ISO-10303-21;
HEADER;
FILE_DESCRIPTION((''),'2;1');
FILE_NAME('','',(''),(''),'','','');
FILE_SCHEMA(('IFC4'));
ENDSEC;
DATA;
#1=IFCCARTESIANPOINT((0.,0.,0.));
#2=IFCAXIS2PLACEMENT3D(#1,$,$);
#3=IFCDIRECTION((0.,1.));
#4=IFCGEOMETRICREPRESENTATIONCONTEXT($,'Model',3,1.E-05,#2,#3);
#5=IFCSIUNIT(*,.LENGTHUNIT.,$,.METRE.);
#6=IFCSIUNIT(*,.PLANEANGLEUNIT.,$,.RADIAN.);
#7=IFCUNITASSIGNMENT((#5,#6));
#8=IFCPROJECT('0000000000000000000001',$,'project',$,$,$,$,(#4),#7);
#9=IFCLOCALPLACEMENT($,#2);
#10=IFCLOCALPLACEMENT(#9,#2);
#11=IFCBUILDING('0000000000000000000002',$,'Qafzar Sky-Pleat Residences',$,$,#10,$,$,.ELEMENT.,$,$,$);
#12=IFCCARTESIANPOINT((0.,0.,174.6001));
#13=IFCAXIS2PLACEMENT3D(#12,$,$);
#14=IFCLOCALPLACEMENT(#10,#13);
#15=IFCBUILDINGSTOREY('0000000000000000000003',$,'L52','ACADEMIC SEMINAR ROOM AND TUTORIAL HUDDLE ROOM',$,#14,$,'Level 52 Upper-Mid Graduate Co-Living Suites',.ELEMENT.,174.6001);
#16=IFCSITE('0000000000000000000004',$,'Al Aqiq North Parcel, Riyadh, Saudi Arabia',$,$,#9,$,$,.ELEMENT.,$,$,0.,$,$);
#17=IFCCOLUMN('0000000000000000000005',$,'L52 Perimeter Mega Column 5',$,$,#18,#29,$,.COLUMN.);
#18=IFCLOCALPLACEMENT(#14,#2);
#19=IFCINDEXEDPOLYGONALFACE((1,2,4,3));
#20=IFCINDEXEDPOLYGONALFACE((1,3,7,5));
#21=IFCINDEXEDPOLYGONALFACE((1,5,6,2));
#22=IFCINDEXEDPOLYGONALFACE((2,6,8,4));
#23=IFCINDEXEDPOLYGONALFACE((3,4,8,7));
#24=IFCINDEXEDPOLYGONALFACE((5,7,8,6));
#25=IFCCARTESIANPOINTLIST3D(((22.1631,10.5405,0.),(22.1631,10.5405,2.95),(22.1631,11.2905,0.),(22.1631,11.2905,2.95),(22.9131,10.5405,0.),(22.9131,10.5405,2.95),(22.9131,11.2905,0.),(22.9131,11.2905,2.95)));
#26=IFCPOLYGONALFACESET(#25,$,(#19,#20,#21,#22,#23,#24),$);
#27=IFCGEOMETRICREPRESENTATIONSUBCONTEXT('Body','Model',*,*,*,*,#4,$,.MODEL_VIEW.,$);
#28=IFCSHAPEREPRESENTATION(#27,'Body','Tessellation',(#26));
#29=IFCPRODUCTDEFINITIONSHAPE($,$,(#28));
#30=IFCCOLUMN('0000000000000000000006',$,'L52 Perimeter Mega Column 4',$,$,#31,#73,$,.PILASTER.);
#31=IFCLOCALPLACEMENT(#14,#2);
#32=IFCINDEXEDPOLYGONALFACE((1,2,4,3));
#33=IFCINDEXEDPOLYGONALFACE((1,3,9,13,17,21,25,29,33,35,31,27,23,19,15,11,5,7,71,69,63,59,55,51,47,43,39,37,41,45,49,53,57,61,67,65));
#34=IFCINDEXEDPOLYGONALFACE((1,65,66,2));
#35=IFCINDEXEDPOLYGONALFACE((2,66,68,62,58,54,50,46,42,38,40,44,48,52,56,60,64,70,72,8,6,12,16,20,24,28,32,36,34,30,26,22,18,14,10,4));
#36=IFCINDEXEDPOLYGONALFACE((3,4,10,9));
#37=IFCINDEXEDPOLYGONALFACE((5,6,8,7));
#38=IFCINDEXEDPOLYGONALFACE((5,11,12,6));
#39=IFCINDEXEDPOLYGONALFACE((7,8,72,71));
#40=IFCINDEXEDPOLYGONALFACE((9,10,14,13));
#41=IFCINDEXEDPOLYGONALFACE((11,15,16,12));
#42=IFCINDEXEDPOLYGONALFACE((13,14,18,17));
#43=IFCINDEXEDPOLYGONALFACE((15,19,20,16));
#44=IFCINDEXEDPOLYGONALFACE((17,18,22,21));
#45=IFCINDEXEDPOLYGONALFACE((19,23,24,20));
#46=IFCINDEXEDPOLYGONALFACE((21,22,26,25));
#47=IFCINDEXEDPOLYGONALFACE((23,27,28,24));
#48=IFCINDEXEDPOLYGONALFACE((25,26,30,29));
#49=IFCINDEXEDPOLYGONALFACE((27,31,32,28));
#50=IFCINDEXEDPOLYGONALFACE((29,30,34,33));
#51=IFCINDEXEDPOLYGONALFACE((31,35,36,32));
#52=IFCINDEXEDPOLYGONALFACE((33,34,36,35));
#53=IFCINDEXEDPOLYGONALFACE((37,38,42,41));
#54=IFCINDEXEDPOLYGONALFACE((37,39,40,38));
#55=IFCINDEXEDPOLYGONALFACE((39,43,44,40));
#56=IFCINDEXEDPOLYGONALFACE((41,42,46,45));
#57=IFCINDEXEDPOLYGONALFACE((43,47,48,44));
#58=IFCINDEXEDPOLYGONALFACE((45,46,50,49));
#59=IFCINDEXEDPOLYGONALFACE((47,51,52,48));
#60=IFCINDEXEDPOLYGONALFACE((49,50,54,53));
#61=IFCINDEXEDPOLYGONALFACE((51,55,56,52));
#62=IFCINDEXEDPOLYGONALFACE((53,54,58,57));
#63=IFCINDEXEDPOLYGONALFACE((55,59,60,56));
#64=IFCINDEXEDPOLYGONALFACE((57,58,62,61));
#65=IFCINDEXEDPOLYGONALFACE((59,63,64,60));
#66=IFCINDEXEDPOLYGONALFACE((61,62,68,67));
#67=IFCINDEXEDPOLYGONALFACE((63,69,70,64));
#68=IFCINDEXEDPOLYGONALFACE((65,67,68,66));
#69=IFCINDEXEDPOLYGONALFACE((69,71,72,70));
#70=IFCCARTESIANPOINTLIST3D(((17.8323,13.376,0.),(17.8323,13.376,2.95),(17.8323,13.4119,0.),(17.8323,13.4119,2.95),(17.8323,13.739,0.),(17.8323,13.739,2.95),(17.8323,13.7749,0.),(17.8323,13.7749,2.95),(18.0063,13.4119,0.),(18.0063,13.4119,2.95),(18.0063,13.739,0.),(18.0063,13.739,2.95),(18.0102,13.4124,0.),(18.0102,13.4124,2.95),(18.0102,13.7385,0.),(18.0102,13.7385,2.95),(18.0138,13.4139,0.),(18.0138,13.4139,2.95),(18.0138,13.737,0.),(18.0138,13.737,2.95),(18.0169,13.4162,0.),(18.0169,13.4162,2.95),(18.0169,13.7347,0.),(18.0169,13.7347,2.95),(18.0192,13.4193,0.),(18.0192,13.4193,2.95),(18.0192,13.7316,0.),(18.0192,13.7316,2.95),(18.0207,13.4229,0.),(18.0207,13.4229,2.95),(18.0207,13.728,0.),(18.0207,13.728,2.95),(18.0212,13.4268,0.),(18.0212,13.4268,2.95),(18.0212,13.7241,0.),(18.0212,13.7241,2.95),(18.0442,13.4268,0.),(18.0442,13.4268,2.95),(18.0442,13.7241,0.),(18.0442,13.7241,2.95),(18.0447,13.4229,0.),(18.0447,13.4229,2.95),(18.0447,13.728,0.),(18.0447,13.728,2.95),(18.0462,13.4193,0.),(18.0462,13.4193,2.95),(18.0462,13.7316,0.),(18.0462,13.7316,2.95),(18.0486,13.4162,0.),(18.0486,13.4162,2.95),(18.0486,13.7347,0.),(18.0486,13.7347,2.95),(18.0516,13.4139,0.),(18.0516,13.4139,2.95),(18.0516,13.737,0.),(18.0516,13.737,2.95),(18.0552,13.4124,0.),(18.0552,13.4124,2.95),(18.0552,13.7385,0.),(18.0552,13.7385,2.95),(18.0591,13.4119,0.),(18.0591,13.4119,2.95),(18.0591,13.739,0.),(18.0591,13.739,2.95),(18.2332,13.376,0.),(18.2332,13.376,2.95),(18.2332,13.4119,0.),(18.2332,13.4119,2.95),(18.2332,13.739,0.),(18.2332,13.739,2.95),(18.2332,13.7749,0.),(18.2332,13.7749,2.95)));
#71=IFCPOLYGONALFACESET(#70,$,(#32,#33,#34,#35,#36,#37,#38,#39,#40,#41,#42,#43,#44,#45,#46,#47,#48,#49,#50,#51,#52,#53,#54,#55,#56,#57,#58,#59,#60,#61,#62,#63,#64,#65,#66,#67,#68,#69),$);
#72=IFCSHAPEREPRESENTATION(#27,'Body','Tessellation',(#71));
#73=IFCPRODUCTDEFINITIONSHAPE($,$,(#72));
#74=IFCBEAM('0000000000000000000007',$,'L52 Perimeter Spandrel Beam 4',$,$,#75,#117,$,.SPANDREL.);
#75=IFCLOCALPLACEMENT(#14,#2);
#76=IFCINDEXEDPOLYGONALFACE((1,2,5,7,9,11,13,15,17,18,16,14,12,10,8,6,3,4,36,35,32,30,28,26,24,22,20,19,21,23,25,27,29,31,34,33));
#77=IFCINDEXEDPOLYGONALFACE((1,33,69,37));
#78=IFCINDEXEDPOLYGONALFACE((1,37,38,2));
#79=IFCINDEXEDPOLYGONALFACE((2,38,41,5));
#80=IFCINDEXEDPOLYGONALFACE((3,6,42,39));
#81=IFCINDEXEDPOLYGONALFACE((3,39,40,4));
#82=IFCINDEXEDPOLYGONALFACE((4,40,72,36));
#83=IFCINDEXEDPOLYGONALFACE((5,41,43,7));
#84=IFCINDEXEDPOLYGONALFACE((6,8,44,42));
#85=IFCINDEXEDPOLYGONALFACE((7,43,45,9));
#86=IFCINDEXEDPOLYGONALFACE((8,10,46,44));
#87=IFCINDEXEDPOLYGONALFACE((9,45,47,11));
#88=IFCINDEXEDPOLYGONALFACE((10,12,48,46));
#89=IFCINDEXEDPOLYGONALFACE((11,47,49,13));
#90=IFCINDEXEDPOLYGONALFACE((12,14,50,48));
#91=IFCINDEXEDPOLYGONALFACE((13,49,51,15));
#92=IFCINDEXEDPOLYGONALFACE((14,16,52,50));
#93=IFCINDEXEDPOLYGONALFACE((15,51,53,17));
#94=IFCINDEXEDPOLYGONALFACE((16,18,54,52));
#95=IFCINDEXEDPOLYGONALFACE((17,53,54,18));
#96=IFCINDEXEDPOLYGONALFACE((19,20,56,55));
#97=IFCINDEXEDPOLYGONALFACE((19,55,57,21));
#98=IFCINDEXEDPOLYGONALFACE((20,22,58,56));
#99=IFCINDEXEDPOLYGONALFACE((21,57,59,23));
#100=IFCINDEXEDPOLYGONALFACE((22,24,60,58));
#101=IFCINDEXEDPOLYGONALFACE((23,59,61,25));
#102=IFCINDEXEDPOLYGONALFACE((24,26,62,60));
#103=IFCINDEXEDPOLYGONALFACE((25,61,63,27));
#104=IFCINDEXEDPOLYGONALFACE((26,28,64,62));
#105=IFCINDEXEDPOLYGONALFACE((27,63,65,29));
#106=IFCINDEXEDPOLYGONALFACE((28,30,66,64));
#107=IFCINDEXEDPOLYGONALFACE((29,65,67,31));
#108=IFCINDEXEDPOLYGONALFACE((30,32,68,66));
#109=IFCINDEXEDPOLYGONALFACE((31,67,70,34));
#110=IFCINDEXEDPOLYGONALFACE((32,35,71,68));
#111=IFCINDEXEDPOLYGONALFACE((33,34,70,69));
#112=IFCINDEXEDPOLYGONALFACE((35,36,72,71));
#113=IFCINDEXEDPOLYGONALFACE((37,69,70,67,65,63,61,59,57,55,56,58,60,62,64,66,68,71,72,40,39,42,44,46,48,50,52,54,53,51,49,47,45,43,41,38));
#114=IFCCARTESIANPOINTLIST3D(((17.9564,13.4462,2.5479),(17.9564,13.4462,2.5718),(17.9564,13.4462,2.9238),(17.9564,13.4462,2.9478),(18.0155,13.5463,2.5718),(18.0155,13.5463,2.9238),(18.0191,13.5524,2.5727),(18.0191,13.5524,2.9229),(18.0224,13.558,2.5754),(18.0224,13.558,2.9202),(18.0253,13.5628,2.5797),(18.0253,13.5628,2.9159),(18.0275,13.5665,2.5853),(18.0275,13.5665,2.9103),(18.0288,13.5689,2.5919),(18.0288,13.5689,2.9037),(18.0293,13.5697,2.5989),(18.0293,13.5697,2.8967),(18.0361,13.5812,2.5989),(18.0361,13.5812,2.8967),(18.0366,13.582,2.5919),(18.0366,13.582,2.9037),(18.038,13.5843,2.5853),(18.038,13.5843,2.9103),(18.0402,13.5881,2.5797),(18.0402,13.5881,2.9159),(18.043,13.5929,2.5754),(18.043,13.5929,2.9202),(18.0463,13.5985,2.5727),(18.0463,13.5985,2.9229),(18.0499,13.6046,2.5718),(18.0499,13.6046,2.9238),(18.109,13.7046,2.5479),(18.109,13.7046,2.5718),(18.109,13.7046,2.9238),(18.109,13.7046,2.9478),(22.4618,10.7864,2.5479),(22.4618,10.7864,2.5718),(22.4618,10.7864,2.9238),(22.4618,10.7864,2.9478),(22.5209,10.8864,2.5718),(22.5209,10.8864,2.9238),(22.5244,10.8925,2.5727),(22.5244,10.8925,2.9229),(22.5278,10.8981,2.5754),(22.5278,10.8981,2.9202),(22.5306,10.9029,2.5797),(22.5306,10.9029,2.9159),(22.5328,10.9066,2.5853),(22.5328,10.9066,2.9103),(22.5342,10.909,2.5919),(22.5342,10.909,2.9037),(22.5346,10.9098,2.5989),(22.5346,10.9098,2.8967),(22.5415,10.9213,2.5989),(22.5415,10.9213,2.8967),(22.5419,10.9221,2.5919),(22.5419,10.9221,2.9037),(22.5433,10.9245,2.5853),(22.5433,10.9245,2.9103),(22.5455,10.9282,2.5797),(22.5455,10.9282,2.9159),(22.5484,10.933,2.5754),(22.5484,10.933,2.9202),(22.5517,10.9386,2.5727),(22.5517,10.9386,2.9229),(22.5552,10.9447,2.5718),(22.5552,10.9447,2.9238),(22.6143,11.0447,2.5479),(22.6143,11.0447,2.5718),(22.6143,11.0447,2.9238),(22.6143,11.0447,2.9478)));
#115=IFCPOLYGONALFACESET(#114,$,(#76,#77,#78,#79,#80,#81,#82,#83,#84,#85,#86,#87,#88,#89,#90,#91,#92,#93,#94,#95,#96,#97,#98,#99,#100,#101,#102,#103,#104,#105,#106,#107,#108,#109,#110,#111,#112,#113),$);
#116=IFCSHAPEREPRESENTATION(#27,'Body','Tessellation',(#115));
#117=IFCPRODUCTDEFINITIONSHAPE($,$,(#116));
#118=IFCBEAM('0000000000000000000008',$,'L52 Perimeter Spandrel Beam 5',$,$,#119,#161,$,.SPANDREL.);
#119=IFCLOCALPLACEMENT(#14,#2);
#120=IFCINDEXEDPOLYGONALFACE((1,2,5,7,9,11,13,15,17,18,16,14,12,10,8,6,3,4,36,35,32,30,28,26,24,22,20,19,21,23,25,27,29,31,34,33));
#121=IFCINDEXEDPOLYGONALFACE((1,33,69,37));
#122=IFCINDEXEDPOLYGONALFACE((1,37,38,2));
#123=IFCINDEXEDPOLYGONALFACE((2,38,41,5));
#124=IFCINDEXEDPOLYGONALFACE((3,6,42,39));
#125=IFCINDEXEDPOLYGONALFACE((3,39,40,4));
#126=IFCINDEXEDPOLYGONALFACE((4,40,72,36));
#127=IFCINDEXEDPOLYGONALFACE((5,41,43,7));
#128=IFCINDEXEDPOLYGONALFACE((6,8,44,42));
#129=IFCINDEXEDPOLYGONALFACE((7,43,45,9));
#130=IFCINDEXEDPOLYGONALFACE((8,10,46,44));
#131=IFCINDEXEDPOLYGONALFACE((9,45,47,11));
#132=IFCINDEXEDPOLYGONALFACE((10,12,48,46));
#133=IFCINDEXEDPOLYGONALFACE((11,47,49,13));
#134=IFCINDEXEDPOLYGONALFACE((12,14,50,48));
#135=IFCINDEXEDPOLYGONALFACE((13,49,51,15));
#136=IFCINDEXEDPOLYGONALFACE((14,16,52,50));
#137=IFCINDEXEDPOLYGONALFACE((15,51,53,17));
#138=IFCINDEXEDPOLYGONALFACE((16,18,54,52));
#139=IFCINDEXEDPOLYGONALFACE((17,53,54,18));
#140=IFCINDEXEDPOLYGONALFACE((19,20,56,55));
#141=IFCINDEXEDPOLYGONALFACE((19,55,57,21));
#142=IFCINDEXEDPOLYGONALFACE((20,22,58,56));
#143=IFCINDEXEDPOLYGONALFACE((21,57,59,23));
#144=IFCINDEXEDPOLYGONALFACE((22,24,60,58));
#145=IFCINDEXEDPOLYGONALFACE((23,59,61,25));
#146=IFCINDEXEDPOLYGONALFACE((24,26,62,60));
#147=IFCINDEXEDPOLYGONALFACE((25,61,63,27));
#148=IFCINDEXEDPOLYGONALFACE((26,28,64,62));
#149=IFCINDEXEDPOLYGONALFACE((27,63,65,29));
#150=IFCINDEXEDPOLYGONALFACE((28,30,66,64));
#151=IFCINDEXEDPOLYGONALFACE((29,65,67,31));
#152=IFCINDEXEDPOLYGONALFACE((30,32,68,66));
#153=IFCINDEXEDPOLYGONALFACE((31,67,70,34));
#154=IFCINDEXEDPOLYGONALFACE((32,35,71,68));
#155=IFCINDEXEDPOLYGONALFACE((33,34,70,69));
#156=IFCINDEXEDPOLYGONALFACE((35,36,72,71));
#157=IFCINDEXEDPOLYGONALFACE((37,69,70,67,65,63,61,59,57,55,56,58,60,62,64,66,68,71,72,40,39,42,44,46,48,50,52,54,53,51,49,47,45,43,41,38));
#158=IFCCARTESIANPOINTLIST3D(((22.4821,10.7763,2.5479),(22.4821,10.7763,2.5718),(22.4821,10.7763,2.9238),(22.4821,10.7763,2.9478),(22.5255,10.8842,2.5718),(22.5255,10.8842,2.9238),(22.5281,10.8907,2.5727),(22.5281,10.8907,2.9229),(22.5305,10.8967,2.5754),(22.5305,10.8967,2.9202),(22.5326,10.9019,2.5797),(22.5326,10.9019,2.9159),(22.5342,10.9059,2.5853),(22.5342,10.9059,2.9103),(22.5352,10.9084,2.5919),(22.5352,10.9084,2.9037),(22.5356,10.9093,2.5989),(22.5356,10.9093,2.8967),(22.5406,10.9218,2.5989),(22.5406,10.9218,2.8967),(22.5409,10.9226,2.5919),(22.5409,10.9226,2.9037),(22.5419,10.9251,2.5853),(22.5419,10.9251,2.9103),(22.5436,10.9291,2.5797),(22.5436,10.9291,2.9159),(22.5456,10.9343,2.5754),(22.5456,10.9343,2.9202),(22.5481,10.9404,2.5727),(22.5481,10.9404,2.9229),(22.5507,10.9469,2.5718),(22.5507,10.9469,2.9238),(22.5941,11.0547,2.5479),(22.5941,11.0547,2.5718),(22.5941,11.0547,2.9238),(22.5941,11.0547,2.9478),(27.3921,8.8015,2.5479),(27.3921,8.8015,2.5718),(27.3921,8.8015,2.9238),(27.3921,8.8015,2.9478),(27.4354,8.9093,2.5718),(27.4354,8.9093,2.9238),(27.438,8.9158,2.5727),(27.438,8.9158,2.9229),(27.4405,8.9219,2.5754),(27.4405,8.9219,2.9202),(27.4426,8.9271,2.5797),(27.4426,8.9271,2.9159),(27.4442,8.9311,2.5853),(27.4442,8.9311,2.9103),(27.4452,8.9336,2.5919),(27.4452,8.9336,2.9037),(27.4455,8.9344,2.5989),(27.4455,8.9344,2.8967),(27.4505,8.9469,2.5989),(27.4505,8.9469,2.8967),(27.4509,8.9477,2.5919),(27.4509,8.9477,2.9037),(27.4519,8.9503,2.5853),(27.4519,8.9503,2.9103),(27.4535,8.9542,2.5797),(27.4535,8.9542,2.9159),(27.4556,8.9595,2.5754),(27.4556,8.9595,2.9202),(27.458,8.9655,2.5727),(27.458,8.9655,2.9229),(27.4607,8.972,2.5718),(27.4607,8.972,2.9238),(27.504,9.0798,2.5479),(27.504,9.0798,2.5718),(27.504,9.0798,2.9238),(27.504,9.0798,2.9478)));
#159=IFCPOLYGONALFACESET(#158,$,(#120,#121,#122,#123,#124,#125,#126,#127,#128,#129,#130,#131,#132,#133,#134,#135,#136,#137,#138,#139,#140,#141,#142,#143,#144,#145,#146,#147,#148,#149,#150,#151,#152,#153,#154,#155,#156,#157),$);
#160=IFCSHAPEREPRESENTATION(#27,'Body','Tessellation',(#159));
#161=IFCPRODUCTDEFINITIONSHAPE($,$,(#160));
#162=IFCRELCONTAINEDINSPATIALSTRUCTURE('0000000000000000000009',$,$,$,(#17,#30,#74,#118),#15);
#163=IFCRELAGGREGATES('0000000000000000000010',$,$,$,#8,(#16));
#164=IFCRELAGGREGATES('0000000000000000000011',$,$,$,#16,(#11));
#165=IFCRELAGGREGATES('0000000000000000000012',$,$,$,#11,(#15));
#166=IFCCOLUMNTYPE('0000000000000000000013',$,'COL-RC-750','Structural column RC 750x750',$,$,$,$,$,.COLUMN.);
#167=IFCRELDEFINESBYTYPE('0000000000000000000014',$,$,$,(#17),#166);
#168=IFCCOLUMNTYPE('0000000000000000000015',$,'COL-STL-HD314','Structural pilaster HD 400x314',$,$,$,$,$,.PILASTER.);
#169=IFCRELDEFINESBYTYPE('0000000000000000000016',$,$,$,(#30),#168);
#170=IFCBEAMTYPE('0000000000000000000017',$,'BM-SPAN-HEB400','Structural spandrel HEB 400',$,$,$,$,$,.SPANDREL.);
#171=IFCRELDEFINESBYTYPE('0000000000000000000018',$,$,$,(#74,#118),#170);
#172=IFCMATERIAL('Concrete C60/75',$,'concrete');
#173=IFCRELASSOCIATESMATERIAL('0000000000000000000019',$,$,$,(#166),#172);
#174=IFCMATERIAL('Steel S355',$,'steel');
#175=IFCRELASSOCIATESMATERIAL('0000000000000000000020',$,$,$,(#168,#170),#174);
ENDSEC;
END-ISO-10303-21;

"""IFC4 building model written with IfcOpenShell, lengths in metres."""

from ifc_helpers import new_model, si_unit, direction, frame, origin, origin_2d, place, context, subcontext, project, spatial, rectangle, i_section, extrude, source, transform, mapped, material, material_profile, profile_set, type_object, element, save


model = new_model("IFC4")

# Units and contexts
model_context = context("Model", 3, precision=1e-05, world=origin(), true_north=direction((0.0, 1.0)))
body_context = subcontext(model_context, "Body", "Model", "MODEL_VIEW")
ifc_project = project(units=[si_unit("LENGTHUNIT", "METRE"), si_unit("PLANEANGLEUNIT", "RADIAN")], contexts=[model_context])

# Site, building, storey
site_placement = place(None, origin())
site = spatial("IfcSite", under=ifc_project, at=site_placement, Name="Al Aqiq North Parcel, Riyadh, Saudi Arabia", CompositionType="ELEMENT", RefElevation=0.0)
building_placement = place(site_placement, origin())
building = spatial("IfcBuilding", under=site, at=building_placement, Name="Qafzar Sky-Pleat Residences", CompositionType="ELEMENT")
storey_placement = place(building_placement, frame((0.0, 0.0, 174.6001)))
storey = spatial("IfcBuildingStorey", under=building, at=storey_placement, Name="L52", Description="ACADEMIC SEMINAR ROOM AND TUTORIAL HUDDLE ROOM", LongName="Level 52 Upper-Mid Graduate Co-Living Suites", CompositionType="ELEMENT", Elevation=174.6001)

# Columns
ifc_material_1 = material(Name="Concrete C60/75", Category="concrete")
ifc_material_profile_1 = material_profile(ifc_material_1, rectangle(XDim=0.75, YDim=0.75, at=origin_2d()), Name="RC 750x750")
ifc_profile_set_1 = profile_set([ifc_material_profile_1], Name="Concrete C60/75")
column_type_1 = type_object("IfcColumnType", Name="COL-RC-750", Description="Structural column RC 750x750", PredefinedType="COLUMN", material=ifc_profile_set_1)
shared_shape_1 = source(origin(), body_context, "Body", "SweptSolid", [
    extrude(rectangle(XDim=0.75, YDim=0.75, at=origin_2d()), origin(), (0.0, 0.0, 1.0), 2.95),
])
column_1_placement = place(storey_placement, frame((22.5381, 10.9155, 0.0), z_axis=(0.0, 0.0, 1.0), x_axis=(1.0, 0.0, 0.0)))
element("IfcColumn", 1, at=column_1_placement, inside=storey, type_object=column_type_1, Name="L52 Perimeter Mega Column 5", PredefinedType="COLUMN", context=body_context, shape_type="MappedRepresentation", body=[
    mapped(shared_shape_1, transform((0.0, 0.0, 0.0), x_axis=(1.0, 0.0, 0.0), y_axis=(0.0, 1.0, 0.0), z_axis=(0.0, 0.0, 1.0), scale=1.0)),
])
ifc_material_2 = material(Name="Steel S355", Category="steel")
ifc_material_profile_2 = material_profile(ifc_material_2, i_section(OverallWidth=0.4009, OverallDepth=0.3989, WebThickness=0.0229, FlangeThickness=0.0359, FilletRadius=0.0149, at=origin_2d()), Name="HD 400x314")
ifc_profile_set_2 = profile_set([ifc_material_profile_2], Name="Steel S355")
column_type_2 = type_object("IfcColumnType", Name="COL-STL-HD314", Description="Structural pilaster HD 400x314", PredefinedType="PILASTER", material=ifc_profile_set_2)
shared_shape_2 = source(origin(), body_context, "Body", "SweptSolid", [
    extrude(i_section(OverallWidth=0.4009, OverallDepth=0.3989, WebThickness=0.0229, FlangeThickness=0.0359, FilletRadius=0.0149, at=origin_2d()), origin(), (0.0, 0.0, 1.0), 2.95),
])
column_2_placement = place(storey_placement, frame((18.0327, 13.5754, 0.0), z_axis=(0.0, 0.0, 1.0), x_axis=(1.0, 0.0, 0.0)))
element("IfcColumn", 2, at=column_2_placement, inside=storey, type_object=column_type_2, Name="L52 Perimeter Mega Column 4", PredefinedType="PILASTER", context=body_context, shape_type="MappedRepresentation", body=[
    mapped(shared_shape_2, transform((0.0, 0.0, 0.0), x_axis=(1.0, 0.0, 0.0), y_axis=(0.0, 1.0, 0.0), z_axis=(0.0, 0.0, 1.0), scale=1.0)),
])

# Beams
ifc_material_profile_3 = material_profile(ifc_material_2, i_section(OverallWidth=0.3, OverallDepth=0.3999, WebThickness=0.0134, FlangeThickness=0.0239, FilletRadius=0.0271, at=origin_2d()), Name="HEB 400")
ifc_profile_set_3 = profile_set([ifc_material_profile_3], Name="Steel S355")
beam_type_1 = type_object("IfcBeamType", Name="BM-SPAN-HEB400", Description="Structural spandrel HEB 400", PredefinedType="SPANDREL", material=ifc_profile_set_3)
shared_shape_3 = source(origin(), body_context, "Body", "SweptSolid", [
    extrude(i_section(OverallWidth=0.3, OverallDepth=0.3999, WebThickness=0.0134, FlangeThickness=0.0239, FilletRadius=0.0271, at=origin_2d()), origin(), (0.0, 0.0, 1.0), 5.2319),
])
beam_1_placement = place(storey_placement, frame((18.0327, 13.5754, 2.7478), z_axis=(0.861123, -0.508396, 0.0), x_axis=(0.508396, 0.861123, 0.0)))
element("IfcBeam", 3, at=beam_1_placement, inside=storey, type_object=beam_type_1, Name="L52 Perimeter Spandrel Beam 4", PredefinedType="SPANDREL", context=body_context, shape_type="MappedRepresentation", body=[
    mapped(shared_shape_3, transform((0.0, 0.0, 0.0), x_axis=(1.0, 0.0, 0.0), y_axis=(0.0, 1.0, 0.0), z_axis=(0.0, 0.0, 1.0), scale=1.0)),
])
shared_shape_4 = source(origin(), body_context, "Body", "SweptSolid", [
    extrude(i_section(OverallWidth=0.3, OverallDepth=0.3999, WebThickness=0.0134, FlangeThickness=0.0239, FilletRadius=0.0271, at=origin_2d()), origin(), (0.0, 0.0, 1.0), 5.2922),
])
beam_2_placement = place(storey_placement, frame((22.5381, 10.9155, 2.7478), z_axis=(0.927766, -0.373164, 0.0), x_axis=(0.373164, 0.927766, 0.0)))
element("IfcBeam", 4, at=beam_2_placement, inside=storey, type_object=beam_type_1, Name="L52 Perimeter Spandrel Beam 5", PredefinedType="SPANDREL", context=body_context, shape_type="MappedRepresentation", body=[
    mapped(shared_shape_4, transform((0.0, 0.0, 0.0), x_axis=(1.0, 0.0, 0.0), y_axis=(0.0, 1.0, 0.0), z_axis=(0.0, 0.0, 1.0), scale=1.0)),
])

save(model, "model.ifc")
